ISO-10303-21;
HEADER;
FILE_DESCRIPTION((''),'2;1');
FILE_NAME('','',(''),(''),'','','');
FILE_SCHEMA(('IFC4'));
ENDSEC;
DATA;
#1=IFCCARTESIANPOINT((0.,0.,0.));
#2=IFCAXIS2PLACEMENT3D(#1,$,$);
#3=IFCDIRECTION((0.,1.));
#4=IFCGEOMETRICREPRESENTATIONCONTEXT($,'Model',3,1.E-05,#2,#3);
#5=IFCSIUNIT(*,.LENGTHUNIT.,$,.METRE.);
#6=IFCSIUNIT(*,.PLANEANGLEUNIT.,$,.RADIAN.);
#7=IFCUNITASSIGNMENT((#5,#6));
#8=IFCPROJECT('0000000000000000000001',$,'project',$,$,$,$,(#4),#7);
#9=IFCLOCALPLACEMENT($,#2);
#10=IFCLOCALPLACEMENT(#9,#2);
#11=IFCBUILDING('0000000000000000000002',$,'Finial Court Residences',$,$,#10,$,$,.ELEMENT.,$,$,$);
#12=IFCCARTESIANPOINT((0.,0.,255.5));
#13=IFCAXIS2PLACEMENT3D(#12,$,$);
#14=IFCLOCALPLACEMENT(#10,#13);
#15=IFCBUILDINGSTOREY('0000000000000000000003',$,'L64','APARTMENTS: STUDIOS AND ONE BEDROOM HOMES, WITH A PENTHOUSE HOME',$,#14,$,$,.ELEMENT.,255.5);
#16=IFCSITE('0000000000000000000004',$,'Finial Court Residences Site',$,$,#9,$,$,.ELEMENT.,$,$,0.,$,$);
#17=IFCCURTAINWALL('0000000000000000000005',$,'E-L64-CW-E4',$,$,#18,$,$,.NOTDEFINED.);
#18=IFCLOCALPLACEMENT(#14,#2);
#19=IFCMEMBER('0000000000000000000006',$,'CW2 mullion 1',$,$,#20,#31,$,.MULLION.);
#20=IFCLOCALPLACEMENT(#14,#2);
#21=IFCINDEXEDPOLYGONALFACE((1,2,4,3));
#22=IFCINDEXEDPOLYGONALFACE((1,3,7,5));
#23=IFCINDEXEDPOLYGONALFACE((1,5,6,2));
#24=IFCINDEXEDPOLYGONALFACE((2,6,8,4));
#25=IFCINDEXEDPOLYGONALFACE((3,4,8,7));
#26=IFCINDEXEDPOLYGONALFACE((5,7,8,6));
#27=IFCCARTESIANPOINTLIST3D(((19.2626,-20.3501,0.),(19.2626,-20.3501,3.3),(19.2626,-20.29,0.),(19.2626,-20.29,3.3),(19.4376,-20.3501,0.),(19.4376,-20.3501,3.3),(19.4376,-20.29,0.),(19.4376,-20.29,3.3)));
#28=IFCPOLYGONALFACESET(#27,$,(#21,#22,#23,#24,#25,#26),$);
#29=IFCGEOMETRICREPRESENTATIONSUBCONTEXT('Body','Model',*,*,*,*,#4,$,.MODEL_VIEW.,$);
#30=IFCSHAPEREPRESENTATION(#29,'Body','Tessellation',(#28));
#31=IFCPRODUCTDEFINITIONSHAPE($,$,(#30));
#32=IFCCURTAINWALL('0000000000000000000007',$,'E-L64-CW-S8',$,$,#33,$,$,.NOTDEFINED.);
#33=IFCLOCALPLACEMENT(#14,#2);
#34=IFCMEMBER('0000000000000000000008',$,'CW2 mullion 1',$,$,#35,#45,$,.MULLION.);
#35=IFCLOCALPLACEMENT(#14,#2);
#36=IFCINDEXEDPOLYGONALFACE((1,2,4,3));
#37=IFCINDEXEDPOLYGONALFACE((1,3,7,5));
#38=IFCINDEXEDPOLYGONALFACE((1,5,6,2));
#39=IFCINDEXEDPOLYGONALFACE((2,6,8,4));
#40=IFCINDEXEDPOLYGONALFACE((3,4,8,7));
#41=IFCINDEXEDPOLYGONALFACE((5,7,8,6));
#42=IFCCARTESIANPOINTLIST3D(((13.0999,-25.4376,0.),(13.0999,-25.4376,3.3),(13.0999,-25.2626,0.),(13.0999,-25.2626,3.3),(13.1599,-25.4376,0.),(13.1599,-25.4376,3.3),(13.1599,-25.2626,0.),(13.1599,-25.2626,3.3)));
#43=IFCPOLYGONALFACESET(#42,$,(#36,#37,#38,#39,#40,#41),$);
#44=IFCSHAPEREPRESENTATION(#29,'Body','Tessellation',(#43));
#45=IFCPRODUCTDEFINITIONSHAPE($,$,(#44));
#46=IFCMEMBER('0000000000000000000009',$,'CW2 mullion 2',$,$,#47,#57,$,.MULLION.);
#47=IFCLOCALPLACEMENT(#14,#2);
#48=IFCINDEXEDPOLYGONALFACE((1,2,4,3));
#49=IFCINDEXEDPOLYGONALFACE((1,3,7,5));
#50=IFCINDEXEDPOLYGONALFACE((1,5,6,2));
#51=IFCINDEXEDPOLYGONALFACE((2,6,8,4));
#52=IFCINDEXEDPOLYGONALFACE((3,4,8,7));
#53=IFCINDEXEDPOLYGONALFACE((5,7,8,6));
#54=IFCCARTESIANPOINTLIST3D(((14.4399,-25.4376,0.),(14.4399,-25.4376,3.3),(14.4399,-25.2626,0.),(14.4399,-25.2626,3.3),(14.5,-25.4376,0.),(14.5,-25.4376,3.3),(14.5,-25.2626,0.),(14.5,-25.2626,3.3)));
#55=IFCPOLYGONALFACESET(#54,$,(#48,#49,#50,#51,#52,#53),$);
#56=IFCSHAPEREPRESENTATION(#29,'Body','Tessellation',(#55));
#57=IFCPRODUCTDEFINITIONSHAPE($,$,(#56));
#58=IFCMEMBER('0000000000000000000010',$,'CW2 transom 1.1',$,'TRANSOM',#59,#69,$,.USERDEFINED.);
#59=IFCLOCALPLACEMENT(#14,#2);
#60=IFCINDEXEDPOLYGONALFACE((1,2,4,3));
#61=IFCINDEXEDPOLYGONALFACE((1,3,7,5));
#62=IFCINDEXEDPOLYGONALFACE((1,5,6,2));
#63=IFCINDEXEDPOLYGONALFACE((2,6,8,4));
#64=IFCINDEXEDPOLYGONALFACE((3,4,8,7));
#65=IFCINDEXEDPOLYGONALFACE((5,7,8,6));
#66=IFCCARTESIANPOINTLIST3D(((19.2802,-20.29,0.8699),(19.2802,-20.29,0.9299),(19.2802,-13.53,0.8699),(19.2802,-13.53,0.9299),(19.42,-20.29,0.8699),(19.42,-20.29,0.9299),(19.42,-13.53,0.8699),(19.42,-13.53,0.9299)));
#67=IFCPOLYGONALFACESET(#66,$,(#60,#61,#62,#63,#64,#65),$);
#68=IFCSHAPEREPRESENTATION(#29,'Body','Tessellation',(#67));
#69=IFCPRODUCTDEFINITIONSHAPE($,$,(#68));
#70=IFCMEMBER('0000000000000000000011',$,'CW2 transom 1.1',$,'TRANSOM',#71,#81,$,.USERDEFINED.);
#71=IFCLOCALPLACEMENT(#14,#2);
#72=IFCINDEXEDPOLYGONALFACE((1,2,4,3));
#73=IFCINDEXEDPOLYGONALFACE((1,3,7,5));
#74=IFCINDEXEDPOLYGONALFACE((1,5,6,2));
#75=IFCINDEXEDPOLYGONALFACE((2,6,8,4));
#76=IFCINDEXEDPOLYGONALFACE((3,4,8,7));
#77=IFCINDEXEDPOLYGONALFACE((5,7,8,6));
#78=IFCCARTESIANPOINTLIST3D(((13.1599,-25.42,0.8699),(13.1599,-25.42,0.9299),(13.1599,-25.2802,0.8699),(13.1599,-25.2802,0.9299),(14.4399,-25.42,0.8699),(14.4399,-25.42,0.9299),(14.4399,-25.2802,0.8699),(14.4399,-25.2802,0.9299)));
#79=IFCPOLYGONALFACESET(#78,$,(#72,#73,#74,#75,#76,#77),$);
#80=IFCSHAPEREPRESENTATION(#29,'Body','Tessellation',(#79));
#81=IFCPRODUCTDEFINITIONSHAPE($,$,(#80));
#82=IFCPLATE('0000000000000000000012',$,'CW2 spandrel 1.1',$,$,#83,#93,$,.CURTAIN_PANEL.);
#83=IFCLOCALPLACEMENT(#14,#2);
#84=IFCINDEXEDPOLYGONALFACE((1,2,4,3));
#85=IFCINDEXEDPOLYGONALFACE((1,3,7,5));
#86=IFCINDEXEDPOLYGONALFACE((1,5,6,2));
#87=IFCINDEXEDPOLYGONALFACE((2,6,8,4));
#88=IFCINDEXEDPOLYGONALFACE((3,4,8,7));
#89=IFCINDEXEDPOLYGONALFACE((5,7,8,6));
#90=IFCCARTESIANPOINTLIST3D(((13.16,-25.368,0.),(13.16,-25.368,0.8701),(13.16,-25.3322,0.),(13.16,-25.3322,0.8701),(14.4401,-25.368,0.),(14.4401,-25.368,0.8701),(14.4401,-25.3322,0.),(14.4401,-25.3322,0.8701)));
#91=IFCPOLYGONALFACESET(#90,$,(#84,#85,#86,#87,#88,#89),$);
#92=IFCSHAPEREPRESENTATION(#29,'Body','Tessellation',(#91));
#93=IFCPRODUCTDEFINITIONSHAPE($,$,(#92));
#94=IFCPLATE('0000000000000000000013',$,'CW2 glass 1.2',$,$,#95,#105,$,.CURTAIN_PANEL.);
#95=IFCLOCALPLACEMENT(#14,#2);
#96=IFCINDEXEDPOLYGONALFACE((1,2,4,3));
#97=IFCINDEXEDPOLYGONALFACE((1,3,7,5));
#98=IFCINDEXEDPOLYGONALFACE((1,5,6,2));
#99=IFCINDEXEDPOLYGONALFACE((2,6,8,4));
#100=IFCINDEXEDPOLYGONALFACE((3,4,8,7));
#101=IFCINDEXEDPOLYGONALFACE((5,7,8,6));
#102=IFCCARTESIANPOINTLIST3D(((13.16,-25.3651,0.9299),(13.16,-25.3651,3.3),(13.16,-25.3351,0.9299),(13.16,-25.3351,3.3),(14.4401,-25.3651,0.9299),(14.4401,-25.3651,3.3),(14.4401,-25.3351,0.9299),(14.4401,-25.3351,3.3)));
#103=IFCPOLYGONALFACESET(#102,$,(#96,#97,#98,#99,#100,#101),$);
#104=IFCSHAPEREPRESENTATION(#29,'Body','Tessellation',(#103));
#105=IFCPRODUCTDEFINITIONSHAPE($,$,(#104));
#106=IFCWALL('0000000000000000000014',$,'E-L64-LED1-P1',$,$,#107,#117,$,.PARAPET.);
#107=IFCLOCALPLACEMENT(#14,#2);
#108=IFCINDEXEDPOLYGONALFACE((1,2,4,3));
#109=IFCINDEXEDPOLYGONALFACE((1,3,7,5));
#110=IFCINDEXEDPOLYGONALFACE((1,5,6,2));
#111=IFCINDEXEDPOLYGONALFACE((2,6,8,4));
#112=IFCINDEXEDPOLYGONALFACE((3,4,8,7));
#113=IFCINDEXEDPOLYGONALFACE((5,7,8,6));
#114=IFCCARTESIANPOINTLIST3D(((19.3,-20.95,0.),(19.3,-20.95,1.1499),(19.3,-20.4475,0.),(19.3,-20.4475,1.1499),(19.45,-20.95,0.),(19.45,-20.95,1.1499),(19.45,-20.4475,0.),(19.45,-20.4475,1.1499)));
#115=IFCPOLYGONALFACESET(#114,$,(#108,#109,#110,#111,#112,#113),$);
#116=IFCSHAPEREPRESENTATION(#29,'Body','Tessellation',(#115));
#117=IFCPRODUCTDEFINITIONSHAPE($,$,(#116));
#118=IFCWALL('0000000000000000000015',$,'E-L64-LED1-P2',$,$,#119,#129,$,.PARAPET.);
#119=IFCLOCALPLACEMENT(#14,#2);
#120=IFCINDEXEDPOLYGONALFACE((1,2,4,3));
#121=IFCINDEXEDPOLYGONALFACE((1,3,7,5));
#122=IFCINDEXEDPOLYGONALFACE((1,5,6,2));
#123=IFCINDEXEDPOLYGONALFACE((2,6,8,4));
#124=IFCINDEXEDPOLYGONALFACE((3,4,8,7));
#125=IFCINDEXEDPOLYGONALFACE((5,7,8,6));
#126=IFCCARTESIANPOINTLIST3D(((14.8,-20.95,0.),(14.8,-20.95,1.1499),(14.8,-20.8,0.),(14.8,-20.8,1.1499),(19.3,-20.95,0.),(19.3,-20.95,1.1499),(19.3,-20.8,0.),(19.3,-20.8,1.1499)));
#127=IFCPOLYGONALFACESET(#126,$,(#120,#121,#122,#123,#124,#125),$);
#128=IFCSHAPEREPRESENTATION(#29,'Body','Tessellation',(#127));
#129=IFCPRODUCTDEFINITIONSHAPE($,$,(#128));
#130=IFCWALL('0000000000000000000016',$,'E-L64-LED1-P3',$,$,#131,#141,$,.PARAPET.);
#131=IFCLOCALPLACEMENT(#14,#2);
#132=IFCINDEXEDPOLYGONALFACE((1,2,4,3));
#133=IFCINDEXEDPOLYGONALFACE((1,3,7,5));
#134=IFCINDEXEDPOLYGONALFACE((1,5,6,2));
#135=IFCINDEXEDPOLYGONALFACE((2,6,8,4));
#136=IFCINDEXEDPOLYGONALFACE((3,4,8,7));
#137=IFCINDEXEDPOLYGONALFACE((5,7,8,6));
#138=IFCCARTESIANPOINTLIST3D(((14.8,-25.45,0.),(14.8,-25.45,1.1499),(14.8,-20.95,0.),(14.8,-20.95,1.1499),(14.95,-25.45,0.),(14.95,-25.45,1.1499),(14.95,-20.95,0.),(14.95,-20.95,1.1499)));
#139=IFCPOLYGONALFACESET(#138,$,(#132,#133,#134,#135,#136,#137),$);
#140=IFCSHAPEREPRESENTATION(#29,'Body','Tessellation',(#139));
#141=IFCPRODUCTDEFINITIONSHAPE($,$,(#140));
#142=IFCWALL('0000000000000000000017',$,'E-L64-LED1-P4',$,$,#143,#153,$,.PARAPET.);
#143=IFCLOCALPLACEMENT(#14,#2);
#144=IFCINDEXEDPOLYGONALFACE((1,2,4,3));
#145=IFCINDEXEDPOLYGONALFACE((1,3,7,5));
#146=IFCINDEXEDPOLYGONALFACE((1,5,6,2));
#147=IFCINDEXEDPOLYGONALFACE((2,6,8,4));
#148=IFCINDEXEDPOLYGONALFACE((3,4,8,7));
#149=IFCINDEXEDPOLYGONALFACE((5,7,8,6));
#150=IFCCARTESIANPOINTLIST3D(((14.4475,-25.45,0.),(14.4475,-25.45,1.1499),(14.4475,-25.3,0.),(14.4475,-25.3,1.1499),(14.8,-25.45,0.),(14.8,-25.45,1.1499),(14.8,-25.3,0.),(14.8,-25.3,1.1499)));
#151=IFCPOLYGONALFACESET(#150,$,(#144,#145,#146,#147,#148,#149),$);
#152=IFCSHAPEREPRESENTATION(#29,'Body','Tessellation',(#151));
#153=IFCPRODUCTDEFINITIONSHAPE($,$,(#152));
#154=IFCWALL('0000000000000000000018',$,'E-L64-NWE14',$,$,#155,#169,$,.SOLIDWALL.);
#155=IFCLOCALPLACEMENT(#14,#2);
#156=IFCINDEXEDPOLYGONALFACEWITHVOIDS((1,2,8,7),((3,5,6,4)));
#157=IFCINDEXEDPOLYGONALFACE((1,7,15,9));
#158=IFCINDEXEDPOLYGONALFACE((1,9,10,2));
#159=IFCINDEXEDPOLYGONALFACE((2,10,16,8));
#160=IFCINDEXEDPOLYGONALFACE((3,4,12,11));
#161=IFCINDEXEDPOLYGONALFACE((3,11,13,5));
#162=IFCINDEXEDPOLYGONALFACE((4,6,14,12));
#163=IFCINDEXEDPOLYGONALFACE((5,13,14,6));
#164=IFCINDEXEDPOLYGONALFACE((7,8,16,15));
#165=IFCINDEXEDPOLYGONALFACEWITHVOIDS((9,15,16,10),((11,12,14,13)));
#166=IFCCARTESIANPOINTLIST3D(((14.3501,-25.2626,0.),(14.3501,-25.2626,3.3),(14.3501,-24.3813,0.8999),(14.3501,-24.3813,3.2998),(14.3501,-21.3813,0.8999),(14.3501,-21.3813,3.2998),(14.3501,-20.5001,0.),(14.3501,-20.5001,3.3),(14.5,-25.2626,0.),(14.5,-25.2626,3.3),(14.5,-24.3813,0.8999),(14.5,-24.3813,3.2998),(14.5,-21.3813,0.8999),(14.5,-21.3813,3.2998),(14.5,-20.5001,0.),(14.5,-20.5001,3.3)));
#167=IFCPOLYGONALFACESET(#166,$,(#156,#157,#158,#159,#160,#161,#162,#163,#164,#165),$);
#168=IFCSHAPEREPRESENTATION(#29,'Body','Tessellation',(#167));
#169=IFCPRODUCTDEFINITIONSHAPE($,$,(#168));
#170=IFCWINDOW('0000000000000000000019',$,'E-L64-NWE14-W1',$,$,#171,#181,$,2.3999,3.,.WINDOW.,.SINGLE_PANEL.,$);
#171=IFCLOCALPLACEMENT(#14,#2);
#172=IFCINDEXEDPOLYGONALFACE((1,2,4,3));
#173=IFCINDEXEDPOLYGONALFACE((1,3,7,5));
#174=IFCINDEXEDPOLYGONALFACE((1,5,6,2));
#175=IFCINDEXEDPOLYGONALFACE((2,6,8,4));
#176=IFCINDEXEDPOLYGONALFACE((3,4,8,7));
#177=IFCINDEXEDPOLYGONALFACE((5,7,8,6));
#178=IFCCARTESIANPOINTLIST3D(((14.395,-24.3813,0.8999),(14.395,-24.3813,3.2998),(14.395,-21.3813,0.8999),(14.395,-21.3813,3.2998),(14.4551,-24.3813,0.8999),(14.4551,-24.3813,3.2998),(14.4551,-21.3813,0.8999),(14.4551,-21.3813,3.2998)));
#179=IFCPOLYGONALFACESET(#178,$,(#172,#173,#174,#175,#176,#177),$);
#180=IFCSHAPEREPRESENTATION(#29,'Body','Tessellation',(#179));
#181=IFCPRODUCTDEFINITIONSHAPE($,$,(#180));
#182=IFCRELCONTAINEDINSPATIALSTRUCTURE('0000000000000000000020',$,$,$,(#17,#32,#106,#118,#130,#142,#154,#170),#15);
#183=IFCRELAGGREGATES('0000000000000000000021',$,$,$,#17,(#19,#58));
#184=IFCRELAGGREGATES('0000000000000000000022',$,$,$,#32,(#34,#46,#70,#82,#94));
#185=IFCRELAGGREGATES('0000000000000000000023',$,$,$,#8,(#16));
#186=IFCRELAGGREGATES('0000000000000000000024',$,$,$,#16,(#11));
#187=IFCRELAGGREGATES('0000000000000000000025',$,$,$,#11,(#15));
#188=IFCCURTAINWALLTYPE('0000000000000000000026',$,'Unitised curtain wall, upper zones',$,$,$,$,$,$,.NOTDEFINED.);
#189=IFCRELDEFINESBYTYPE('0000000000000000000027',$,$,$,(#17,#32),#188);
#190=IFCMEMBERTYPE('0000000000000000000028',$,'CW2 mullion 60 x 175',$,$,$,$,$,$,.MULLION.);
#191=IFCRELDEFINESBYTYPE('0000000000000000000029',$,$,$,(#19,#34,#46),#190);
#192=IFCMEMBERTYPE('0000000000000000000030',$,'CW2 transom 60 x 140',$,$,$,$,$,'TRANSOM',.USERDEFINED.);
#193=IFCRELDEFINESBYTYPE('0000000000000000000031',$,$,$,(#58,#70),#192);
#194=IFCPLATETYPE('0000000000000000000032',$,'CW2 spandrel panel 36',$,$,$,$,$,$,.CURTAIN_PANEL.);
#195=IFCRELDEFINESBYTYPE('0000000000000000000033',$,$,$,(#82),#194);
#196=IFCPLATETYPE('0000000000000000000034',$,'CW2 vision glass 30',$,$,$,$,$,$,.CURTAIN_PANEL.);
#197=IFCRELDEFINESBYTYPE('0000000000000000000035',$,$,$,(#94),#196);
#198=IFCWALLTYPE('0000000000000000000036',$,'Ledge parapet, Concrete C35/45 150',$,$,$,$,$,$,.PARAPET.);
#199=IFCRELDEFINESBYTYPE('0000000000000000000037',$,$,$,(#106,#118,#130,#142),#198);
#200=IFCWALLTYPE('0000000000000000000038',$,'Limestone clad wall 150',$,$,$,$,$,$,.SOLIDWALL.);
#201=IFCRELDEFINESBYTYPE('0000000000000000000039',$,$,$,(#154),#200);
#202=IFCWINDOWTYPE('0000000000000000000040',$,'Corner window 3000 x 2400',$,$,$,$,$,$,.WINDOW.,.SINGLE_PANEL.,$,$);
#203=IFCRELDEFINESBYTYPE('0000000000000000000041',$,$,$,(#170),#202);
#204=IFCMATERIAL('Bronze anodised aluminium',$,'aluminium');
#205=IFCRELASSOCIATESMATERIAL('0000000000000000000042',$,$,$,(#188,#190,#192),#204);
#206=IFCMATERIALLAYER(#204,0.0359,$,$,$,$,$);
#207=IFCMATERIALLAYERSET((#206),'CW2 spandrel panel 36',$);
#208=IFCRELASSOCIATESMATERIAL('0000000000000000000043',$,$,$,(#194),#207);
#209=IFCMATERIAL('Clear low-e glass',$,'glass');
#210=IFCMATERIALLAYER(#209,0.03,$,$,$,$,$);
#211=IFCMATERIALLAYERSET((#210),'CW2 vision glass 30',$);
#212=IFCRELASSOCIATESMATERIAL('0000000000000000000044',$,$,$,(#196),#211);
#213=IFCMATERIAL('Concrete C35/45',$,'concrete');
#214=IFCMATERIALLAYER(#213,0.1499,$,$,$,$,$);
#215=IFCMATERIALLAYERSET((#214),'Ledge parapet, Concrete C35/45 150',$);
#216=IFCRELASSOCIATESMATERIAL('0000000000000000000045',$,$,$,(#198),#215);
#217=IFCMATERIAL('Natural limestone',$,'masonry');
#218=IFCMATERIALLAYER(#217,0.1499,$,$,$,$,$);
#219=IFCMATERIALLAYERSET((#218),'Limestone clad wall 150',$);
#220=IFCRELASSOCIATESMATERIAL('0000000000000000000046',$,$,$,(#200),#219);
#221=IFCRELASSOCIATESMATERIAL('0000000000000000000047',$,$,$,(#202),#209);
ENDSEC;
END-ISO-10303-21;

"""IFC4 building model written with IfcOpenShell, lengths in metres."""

from ifc_helpers import new_model, si_unit, direction, frame, frame_2d, origin, origin_2d, place, context, subcontext, project, spatial, rectangle, extrude, material, layer, layer_set, material_profile, profile_set, type_object, element, fill, aggregate, save


model = new_model("IFC4")

# Units and contexts
model_context = context("Model", 3, precision=1e-05, world=origin(), true_north=direction((0.0, 1.0)))
body_context = subcontext(model_context, "Body", "Model", "MODEL_VIEW")
ifc_project = project(units=[si_unit("LENGTHUNIT", "METRE"), si_unit("PLANEANGLEUNIT", "RADIAN")], contexts=[model_context])

# Site, building, storey
site_placement = place(None, origin())
site = spatial("IfcSite", under=ifc_project, at=site_placement, Name="Finial Court Residences Site", CompositionType="ELEMENT", RefElevation=0.0)
building_placement = place(site_placement, origin())
building = spatial("IfcBuilding", under=site, at=building_placement, Name="Finial Court Residences", CompositionType="ELEMENT")
storey_placement = place(building_placement, frame((0.0, 0.0, 255.5)))
storey = spatial("IfcBuildingStorey", under=building, at=storey_placement, Name="L64", Description="APARTMENTS: STUDIOS AND ONE BEDROOM HOMES, WITH A PENTHOUSE HOME", CompositionType="ELEMENT", Elevation=255.5)

# Curtain wall, member
ifc_material_1 = material(Name="Bronze anodised aluminium", Category="aluminium")
curtain_wall_type = type_object("IfcCurtainWallType", Name="Unitised curtain wall, upper zones", PredefinedType="NOTDEFINED", material=ifc_material_1)
curtain_wall_1_placement = place(storey_placement, origin())
curtain_wall_1 = element("IfcCurtainWall", 1, at=curtain_wall_1_placement, inside=storey, type_object=curtain_wall_type, Name="E-L64-CW-E4", PredefinedType="NOTDEFINED")
ifc_material_profile_1 = material_profile(ifc_material_1, rectangle(XDim=0.175, YDim=0.0601, at=origin_2d()), Name="CW2 mullion 60 x 175")
ifc_profile_set_1 = profile_set([ifc_material_profile_1], Name="Bronze anodised aluminium")
member_type_1 = type_object("IfcMemberType", Name="CW2 mullion 60 x 175", PredefinedType="MULLION", material=ifc_profile_set_1)
member_1_placement = place(storey_placement, frame((19.3501, -20.3201, 0.0), z_axis=(0.0, 0.0, 1.0), x_axis=(-1.0, 0.0, 0.0)))
member_1 = element("IfcMember", 2, at=member_1_placement, type_object=member_type_1, Name="CW2 mullion 1", PredefinedType="MULLION", context=body_context, shape_type="SweptSolid", body=[
    extrude(rectangle(XDim=0.175, YDim=0.0601, at=origin_2d()), origin(), (0.0, 0.0, 1.0), 3.3),
])

# Curtain wall, members
curtain_wall_2_placement = place(storey_placement, origin())
curtain_wall_2 = element("IfcCurtainWall", 3, at=curtain_wall_2_placement, inside=storey, type_object=curtain_wall_type, Name="E-L64-CW-S8", PredefinedType="NOTDEFINED")
member_2_placement = place(storey_placement, frame((13.1299, -25.3501, 0.0), z_axis=(0.0, 0.0, 1.0), x_axis=(0.0, 1.0, 0.0)))
member_2 = element("IfcMember", 4, at=member_2_placement, type_object=member_type_1, Name="CW2 mullion 1", PredefinedType="MULLION", context=body_context, shape_type="SweptSolid", body=[
    extrude(rectangle(XDim=0.175, YDim=0.0601, at=origin_2d()), origin(), (0.0, 0.0, 1.0), 3.3),
])
member_3_placement = place(storey_placement, frame((14.47, -25.3501, 0.0), z_axis=(0.0, 0.0, 1.0), x_axis=(0.0, 1.0, 0.0)))
member_3 = element("IfcMember", 5, at=member_3_placement, type_object=member_type_1, Name="CW2 mullion 2", PredefinedType="MULLION", context=body_context, shape_type="SweptSolid", body=[
    extrude(rectangle(XDim=0.175, YDim=0.0601, at=origin_2d()), origin(), (0.0, 0.0, 1.0), 3.3),
])

# Members
ifc_material_profile_2 = material_profile(ifc_material_1, rectangle(XDim=0.1399, YDim=0.0601, at=origin_2d()), Name="CW2 transom 60 x 140")
ifc_profile_set_2 = profile_set([ifc_material_profile_2], Name="Bronze anodised aluminium")
member_type_2 = type_object("IfcMemberType", Name="CW2 transom 60 x 140", ElementType="TRANSOM", PredefinedType="USERDEFINED", material=ifc_profile_set_2)
member_4_placement = place(storey_placement, frame((19.3501, -20.29, 0.8999), z_axis=(0.0, 1.0, 0.0), x_axis=(-1.0, 0.0, 0.0)))
member_4 = element("IfcMember", 6, at=member_4_placement, type_object=member_type_2, Name="CW2 transom 1.1", ObjectType="TRANSOM", PredefinedType="USERDEFINED", context=body_context, shape_type="SweptSolid", body=[
    extrude(rectangle(XDim=0.1399, YDim=0.0601, at=origin_2d()), origin(), (0.0, 0.0, 1.0), 6.76),
])
aggregate(curtain_wall_1, [member_1, member_4])
member_5_placement = place(storey_placement, frame((13.1599, -25.3501, 0.8999), z_axis=(1.0, 0.0, 0.0), x_axis=(0.0, 1.0, 0.0)))
member_5 = element("IfcMember", 7, at=member_5_placement, type_object=member_type_2, Name="CW2 transom 1.1", ObjectType="TRANSOM", PredefinedType="USERDEFINED", context=body_context, shape_type="SweptSolid", body=[
    extrude(rectangle(XDim=0.1399, YDim=0.0601, at=origin_2d()), origin(), (0.0, 0.0, 1.0), 1.28),
])

# Plates
ifc_layer_1 = layer(ifc_material_1, 0.0359)
ifc_layer_set_1 = layer_set([ifc_layer_1], Name="CW2 spandrel panel 36")
plate_type_1 = type_object("IfcPlateType", Name="CW2 spandrel panel 36", PredefinedType="CURTAIN_PANEL", material=ifc_layer_set_1)
plate_1_placement = place(storey_placement, frame((13.8, -25.3501, 0.0), z_axis=(0.0, 0.0, 1.0), x_axis=(1.0, 0.0, 0.0)))
plate_1 = element("IfcPlate", 8, at=plate_1_placement, type_object=plate_type_1, Name="CW2 spandrel 1.1", PredefinedType="CURTAIN_PANEL", context=body_context, shape_type="SweptSolid", body=[
    extrude(rectangle(XDim=1.28, YDim=0.0359, at=origin_2d()), origin(), (0.0, 0.0, 1.0), 0.8701),
])
ifc_material_2 = material(Name="Clear low-e glass", Category="glass")
ifc_layer_2 = layer(ifc_material_2, 0.03)
ifc_layer_set_2 = layer_set([ifc_layer_2], Name="CW2 vision glass 30")
plate_type_2 = type_object("IfcPlateType", Name="CW2 vision glass 30", PredefinedType="CURTAIN_PANEL", material=ifc_layer_set_2)
plate_2_placement = place(storey_placement, frame((13.8, -25.3501, 0.9299), z_axis=(0.0, 0.0, 1.0), x_axis=(1.0, 0.0, 0.0)))
plate_2 = element("IfcPlate", 9, at=plate_2_placement, type_object=plate_type_2, Name="CW2 glass 1.2", PredefinedType="CURTAIN_PANEL", context=body_context, shape_type="SweptSolid", body=[
    extrude(rectangle(XDim=1.28, YDim=0.03, at=origin_2d()), origin(), (0.0, 0.0, 1.0), 2.3701),
])
aggregate(curtain_wall_2, [member_2, member_3, member_5, plate_1, plate_2])

# Walls
ifc_material_3 = material(Name="Concrete C35/45", Category="concrete")
ifc_layer_3 = layer(ifc_material_3, 0.1499)
ifc_layer_set_3 = layer_set([ifc_layer_3], Name="Ledge parapet, Concrete C35/45 150")
wall_type_1 = type_object("IfcWallType", Name="Ledge parapet, Concrete C35/45 150", PredefinedType="PARAPET", material=ifc_layer_set_3)
wall_1_placement = place(storey_placement, frame((19.375, -20.4475, 0.0), z_axis=(0.0, 0.0, 1.0), x_axis=(0.0, -1.0, 0.0)))
element("IfcWall", 10, at=wall_1_placement, inside=storey, type_object=wall_type_1, Name="E-L64-LED1-P1", PredefinedType="PARAPET", context=body_context, shape_type="SweptSolid", body=[
    extrude(rectangle(XDim=0.5024, YDim=0.1499, at=frame_2d((0.2512, 0.0))), origin(), (0.0, 0.0, 1.0), 1.1499),
])
for number, where, z_axis, x_axis, name in (
    (11, (19.3, -20.875, 0.0), (0.0, 0.0, 1.0), (-1.0, 0.0, 0.0), "E-L64-LED1-P2"),
    (12, (14.875, -20.95, 0.0), (0.0, 0.0, 1.0), (0.0, -1.0, 0.0), "E-L64-LED1-P3"),
):
    element("IfcWall", number, at=place(storey_placement, frame(where, z_axis=z_axis, x_axis=x_axis)), inside=storey, type_object=wall_type_1, Name=name, PredefinedType="PARAPET", context=body_context, shape_type="SweptSolid", body=[
        extrude(rectangle(XDim=4.5, YDim=0.1499, at=frame_2d((2.25, 0.0))), origin(), (0.0, 0.0, 1.0), 1.1499),
    ])
wall_2_placement = place(storey_placement, frame((14.8, -25.375, 0.0), z_axis=(0.0, 0.0, 1.0), x_axis=(-1.0, 0.0, 0.0)))
element("IfcWall", 13, at=wall_2_placement, inside=storey, type_object=wall_type_1, Name="E-L64-LED1-P4", PredefinedType="PARAPET", context=body_context, shape_type="SweptSolid", body=[
    extrude(rectangle(XDim=0.3525, YDim=0.1499, at=frame_2d((0.1763, 0.0))), origin(), (0.0, 0.0, 1.0), 1.1499),
])

# Wall, opening, window
ifc_material_4 = material(Name="Natural limestone", Category="masonry")
ifc_layer_4 = layer(ifc_material_4, 0.1499)
ifc_layer_set_4 = layer_set([ifc_layer_4], Name="Limestone clad wall 150")
wall_type_2 = type_object("IfcWallType", Name="Limestone clad wall 150", PredefinedType="SOLIDWALL", material=ifc_layer_set_4)
wall_3_placement = place(storey_placement, frame((14.425, -20.5, 0.0), z_axis=(0.0, 0.0, 1.0), x_axis=(0.0, -1.0, 0.0)))
wall_3 = element("IfcWall", 14, at=wall_3_placement, inside=storey, type_object=wall_type_2, Name="E-L64-NWE14", PredefinedType="SOLIDWALL", context=body_context, shape_type="SweptSolid", body=[
    extrude(rectangle(XDim=4.7625, YDim=0.1499, at=frame_2d((2.3813, 0.0))), origin(), (0.0, 0.0, 1.0), 3.3),
])
opening_1_placement = place(wall_3_placement, frame((0.8813, 0.0, 0.8999)))
opening_1 = element("IfcOpeningElement", 15, at=opening_1_placement, cuts=wall_3, PredefinedType="OPENING", context=body_context, shape_type="SweptSolid", body=[
    extrude(rectangle(XDim=3.0, YDim=2.3999, at=frame_2d((1.5, 1.2))), frame((0.0, 0.085, 0.0), z_axis=(0.0, -1.0, 0.0), x_axis=(1.0, 0.0, 0.0)), (0.0, 0.0, 1.0), 0.1699),
])
window_type = type_object("IfcWindowType", Name="Corner window 3000 x 2400", PartitioningType="SINGLE_PANEL", PredefinedType="WINDOW", material=ifc_material_2)
window_1_placement = place(opening_1_placement, origin())
window_1 = element("IfcWindow", 16, at=window_1_placement, inside=storey, type_object=window_type, Name="E-L64-NWE14-W1", OverallHeight=2.3999, OverallWidth=3.0, PartitioningType="SINGLE_PANEL", PredefinedType="WINDOW", context=body_context, shape_type="SweptSolid", body=[
    extrude(rectangle(XDim=3.0, YDim=2.3999, at=frame_2d((1.5, 1.2))), frame((0.0, 0.03, 0.0), z_axis=(0.0, -1.0, 0.0), x_axis=(1.0, 0.0, 0.0)), (0.0, 0.0, 1.0), 0.0601),
])
fill(opening_1, window_1)

save(model, "model.ifc")
